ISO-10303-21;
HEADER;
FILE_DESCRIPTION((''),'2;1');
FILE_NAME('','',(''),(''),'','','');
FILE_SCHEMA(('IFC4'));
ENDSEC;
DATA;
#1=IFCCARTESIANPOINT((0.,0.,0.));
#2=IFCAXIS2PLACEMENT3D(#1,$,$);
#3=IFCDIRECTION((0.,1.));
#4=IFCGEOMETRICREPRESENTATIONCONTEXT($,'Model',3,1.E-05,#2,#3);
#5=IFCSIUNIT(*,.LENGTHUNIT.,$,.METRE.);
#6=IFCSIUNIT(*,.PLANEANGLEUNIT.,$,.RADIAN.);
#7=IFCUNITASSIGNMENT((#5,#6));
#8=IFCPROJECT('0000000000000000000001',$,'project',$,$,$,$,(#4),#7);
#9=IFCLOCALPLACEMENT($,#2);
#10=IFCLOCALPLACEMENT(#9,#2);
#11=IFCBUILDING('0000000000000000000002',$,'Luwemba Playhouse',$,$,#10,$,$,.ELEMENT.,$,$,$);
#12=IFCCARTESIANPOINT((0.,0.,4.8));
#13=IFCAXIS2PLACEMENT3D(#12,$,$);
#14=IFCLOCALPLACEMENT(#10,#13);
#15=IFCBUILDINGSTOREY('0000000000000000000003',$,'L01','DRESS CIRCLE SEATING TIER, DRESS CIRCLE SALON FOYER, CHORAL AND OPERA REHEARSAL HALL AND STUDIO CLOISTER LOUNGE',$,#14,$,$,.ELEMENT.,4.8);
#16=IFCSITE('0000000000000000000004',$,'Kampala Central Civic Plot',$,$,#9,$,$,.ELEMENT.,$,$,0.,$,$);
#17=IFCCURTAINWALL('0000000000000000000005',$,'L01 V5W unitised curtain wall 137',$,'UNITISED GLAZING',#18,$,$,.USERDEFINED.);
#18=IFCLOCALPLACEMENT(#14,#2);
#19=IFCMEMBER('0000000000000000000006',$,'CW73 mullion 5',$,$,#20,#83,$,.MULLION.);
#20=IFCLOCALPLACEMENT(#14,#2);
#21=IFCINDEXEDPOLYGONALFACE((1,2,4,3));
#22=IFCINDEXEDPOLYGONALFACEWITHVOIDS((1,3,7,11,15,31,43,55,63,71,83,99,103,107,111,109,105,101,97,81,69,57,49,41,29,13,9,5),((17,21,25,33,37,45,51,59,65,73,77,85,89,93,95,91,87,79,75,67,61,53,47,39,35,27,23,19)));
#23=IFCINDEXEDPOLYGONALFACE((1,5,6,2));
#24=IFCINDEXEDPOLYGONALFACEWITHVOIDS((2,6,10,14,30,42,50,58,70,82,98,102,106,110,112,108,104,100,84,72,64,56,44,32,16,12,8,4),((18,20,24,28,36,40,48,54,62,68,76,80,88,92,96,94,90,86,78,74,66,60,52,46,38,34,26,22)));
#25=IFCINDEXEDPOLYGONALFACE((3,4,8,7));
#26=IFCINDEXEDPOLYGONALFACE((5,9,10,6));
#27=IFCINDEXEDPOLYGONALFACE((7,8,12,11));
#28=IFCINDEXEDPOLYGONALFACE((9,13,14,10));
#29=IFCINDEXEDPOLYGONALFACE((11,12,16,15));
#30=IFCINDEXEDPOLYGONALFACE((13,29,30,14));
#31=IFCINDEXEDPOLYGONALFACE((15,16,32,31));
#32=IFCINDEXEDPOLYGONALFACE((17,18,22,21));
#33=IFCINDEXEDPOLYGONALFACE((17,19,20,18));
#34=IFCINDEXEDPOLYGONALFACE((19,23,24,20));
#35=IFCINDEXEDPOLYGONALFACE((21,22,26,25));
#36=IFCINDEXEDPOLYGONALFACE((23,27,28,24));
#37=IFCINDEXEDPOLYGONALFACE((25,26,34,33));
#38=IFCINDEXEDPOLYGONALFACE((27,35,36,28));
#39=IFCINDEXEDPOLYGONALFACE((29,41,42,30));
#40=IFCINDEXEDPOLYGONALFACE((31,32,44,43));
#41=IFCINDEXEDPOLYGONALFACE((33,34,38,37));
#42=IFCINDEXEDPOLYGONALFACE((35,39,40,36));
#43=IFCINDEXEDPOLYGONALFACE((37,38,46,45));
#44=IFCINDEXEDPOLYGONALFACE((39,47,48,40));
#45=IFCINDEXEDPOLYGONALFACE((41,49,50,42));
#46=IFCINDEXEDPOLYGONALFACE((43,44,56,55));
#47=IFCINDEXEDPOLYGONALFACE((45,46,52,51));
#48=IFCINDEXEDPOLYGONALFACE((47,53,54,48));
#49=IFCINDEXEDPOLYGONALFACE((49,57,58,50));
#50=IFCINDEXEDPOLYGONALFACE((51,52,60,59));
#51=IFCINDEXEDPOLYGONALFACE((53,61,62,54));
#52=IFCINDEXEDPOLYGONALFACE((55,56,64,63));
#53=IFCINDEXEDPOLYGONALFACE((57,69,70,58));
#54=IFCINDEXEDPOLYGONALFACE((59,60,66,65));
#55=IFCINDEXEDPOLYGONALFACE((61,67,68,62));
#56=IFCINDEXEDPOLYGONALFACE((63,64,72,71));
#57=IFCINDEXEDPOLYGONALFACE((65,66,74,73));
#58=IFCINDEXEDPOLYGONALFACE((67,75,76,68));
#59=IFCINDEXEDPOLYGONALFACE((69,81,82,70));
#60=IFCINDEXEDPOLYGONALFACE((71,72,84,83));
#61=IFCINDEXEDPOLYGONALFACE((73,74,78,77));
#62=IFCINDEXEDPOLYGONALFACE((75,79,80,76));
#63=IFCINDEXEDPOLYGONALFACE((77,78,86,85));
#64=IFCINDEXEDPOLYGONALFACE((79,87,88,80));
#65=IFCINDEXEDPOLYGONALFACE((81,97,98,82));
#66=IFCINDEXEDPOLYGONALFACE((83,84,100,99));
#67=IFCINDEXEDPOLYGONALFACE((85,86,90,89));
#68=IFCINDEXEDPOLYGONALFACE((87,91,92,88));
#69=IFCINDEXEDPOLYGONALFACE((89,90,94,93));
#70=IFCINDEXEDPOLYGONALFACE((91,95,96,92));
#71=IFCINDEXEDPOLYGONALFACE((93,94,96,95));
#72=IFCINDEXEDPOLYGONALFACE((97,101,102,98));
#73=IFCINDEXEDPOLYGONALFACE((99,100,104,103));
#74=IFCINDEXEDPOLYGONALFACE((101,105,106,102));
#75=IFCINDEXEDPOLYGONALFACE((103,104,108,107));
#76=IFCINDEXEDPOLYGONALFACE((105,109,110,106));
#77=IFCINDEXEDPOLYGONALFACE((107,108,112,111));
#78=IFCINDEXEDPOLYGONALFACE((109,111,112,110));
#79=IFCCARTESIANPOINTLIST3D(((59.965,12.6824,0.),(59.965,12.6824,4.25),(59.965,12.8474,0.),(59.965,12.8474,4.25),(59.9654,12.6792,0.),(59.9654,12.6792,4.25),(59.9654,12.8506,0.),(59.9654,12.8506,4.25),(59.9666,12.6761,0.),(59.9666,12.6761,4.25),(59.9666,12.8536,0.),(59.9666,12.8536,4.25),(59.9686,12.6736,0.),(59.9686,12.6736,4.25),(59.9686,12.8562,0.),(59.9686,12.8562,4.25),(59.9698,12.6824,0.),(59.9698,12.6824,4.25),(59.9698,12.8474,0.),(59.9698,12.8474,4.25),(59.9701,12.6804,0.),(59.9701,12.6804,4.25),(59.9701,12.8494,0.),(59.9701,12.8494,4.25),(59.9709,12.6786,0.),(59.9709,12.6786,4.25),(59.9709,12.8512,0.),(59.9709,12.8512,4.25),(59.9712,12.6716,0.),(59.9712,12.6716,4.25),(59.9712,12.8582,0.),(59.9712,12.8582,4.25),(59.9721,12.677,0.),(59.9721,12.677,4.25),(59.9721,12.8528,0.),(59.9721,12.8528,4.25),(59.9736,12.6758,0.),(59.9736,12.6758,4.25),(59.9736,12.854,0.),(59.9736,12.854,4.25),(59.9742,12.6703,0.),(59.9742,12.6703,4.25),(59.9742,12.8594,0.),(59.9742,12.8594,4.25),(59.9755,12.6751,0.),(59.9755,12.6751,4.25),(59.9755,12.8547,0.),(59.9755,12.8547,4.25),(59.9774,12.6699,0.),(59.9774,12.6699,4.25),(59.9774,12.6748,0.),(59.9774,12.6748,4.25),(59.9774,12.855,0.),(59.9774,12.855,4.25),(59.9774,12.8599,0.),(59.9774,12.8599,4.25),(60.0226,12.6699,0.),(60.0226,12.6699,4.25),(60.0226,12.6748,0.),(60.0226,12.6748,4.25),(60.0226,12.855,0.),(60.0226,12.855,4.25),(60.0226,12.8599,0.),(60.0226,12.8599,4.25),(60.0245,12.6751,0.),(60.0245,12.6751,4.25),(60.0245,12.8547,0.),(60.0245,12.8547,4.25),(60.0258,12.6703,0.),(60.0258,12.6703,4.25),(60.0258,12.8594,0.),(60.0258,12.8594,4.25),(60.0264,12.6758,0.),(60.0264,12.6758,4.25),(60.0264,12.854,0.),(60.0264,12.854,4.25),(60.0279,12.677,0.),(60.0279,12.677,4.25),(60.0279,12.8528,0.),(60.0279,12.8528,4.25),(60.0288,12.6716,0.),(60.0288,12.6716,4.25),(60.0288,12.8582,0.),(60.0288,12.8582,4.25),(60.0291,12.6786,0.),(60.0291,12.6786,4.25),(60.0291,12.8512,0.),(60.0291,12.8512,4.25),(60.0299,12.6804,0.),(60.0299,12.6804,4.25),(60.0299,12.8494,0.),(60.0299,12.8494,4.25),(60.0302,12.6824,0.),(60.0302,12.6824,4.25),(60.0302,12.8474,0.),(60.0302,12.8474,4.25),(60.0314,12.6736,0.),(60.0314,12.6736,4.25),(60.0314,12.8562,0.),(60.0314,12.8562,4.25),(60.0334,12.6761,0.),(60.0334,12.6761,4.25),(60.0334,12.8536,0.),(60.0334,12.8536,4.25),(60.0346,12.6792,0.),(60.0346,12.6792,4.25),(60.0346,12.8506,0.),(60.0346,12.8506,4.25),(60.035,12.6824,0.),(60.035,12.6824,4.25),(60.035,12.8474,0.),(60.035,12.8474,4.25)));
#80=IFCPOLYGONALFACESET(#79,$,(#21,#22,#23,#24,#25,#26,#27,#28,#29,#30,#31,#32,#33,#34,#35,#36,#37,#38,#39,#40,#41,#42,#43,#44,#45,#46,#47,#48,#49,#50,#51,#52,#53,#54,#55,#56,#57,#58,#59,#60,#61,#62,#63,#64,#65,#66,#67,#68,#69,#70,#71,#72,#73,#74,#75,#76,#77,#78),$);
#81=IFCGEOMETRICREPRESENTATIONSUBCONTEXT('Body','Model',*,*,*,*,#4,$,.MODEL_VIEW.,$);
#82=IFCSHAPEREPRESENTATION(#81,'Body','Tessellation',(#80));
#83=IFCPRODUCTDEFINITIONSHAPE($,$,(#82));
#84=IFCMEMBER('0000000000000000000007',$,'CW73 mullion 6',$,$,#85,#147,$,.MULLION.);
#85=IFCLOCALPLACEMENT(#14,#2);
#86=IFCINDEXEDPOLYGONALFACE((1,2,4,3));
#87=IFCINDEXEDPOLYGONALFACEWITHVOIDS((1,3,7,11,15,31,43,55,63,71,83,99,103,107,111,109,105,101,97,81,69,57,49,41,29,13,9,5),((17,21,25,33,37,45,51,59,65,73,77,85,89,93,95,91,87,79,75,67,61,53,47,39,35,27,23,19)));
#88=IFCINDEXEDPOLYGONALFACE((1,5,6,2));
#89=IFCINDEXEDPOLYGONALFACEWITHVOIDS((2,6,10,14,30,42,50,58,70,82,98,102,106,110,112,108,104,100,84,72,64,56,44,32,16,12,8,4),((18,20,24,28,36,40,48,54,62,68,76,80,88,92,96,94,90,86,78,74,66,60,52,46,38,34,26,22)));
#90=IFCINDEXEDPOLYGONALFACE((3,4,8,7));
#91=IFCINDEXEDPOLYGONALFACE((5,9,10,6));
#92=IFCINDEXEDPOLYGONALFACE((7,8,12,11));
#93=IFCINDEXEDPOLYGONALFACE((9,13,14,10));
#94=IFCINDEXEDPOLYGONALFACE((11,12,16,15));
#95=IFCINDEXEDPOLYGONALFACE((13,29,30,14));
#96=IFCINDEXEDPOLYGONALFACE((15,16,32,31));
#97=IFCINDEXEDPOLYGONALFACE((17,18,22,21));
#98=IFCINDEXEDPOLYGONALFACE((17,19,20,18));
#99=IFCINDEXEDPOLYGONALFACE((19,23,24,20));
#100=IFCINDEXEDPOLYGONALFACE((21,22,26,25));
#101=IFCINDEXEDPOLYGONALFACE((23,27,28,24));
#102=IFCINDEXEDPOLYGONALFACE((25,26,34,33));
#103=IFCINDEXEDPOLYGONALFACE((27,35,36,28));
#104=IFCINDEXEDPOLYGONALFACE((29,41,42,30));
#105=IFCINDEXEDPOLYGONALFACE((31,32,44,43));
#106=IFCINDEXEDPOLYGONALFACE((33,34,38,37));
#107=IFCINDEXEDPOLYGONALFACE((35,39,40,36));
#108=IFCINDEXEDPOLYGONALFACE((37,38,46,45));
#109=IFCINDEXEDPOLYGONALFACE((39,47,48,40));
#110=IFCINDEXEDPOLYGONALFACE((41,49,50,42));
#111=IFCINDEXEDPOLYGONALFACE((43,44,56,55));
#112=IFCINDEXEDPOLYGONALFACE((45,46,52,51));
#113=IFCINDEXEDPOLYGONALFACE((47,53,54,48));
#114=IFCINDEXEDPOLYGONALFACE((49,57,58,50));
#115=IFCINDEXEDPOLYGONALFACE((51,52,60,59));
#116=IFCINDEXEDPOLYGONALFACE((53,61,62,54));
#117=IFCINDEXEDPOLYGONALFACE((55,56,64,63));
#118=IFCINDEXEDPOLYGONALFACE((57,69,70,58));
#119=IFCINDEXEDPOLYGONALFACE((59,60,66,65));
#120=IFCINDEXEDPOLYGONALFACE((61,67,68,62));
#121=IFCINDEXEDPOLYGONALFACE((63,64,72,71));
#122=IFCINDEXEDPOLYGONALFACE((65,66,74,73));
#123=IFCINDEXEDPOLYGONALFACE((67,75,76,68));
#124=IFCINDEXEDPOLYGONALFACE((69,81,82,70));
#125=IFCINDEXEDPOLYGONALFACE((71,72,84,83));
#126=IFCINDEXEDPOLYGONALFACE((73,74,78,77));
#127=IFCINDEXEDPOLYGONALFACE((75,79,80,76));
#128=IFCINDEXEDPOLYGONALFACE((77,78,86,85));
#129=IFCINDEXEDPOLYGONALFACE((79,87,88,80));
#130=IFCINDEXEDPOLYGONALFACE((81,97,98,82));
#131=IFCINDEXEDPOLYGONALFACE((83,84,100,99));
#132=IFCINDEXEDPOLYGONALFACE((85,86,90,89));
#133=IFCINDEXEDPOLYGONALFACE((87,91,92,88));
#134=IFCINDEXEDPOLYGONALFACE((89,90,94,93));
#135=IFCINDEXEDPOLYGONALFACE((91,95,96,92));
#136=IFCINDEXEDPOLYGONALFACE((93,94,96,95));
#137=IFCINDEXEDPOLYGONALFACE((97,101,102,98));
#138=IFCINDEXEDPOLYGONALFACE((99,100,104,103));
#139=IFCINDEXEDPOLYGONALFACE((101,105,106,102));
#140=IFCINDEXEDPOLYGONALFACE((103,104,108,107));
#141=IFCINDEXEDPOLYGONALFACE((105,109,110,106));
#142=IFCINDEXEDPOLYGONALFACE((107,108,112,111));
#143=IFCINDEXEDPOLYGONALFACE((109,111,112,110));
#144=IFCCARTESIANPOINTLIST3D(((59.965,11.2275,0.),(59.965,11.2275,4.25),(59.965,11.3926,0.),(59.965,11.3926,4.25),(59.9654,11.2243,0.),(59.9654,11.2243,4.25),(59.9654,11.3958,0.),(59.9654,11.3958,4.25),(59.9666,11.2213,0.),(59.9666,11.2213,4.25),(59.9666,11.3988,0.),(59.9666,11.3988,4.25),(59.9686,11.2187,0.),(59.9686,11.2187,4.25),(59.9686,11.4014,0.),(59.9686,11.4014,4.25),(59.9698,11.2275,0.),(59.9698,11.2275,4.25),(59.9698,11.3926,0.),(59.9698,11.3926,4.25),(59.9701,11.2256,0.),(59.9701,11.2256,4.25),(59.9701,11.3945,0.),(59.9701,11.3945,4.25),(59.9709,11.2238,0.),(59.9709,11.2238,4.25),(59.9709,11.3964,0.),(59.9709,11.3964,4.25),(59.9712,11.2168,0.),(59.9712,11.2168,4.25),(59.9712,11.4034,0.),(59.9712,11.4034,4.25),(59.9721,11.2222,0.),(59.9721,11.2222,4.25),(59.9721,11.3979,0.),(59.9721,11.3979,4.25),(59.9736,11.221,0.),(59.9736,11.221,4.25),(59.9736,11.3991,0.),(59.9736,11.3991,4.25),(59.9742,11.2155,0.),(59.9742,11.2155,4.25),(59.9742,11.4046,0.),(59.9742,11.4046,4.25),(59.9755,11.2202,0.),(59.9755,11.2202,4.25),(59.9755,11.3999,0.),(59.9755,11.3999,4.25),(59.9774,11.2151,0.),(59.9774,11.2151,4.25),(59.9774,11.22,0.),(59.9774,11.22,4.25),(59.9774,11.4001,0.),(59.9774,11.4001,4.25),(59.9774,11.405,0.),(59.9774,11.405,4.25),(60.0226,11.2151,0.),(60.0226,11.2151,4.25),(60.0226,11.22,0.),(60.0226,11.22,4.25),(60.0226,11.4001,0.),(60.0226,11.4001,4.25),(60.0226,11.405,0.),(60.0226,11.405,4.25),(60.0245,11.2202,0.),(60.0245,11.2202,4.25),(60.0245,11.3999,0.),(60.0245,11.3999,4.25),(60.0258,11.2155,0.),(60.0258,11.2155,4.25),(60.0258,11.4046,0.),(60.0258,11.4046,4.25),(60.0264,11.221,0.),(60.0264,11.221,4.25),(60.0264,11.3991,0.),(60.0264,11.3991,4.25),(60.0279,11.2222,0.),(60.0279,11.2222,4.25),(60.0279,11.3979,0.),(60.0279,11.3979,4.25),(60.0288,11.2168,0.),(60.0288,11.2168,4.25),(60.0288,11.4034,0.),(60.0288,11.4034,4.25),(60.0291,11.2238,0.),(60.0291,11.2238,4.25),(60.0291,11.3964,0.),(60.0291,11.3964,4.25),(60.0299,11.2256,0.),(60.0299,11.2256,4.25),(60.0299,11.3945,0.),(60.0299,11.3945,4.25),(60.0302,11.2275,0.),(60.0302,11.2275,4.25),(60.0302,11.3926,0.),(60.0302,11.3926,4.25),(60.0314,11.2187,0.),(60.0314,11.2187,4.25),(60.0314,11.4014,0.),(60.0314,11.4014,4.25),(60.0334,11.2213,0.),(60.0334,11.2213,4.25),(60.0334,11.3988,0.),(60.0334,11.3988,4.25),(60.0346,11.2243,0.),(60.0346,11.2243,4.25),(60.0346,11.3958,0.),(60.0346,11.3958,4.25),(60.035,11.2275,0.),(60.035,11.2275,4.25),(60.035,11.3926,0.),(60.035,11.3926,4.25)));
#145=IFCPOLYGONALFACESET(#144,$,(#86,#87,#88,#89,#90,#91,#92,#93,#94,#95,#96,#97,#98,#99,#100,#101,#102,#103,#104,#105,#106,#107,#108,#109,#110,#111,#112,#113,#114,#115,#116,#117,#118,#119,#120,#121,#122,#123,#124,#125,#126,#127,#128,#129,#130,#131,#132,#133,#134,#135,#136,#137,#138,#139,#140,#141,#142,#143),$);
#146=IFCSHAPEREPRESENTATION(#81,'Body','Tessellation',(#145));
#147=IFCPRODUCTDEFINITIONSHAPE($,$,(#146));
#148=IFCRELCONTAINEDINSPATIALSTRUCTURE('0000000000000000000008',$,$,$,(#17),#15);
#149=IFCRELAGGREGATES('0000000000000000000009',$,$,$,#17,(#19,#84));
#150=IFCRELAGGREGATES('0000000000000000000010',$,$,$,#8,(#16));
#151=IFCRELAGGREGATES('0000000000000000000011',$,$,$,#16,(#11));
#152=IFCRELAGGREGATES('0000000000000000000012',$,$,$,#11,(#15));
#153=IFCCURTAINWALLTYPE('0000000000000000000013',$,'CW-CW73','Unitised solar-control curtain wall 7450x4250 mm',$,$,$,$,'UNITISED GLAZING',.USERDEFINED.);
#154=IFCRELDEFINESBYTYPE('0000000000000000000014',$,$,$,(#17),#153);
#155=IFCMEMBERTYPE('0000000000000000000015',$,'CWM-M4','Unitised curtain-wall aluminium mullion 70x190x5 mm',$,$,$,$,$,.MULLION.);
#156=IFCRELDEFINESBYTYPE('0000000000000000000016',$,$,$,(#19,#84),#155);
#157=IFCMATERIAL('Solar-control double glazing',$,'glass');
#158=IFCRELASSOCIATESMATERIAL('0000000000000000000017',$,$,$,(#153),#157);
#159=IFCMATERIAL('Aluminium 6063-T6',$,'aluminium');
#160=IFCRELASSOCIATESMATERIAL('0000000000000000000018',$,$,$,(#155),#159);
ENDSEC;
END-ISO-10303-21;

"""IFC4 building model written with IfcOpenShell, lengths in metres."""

from ifc_helpers import new_model, si_unit, direction, frame, origin, origin_2d, place, context, subcontext, project, spatial, hollow_rectangle, extrude, material, material_profile, profile_set, type_object, element, aggregate, save


model = new_model("IFC4")

# Units and contexts
model_context = context("Model", 3, precision=1e-05, world=origin(), true_north=direction((0.0, 1.0)))
body_context = subcontext(model_context, "Body", "Model", "MODEL_VIEW")
ifc_project = project(units=[si_unit("LENGTHUNIT", "METRE"), si_unit("PLANEANGLEUNIT", "RADIAN")], contexts=[model_context])

# Site, building, storey
site_placement = place(None, origin())
site = spatial("IfcSite", under=ifc_project, at=site_placement, Name="Kampala Central Civic Plot", CompositionType="ELEMENT", RefElevation=0.0)
building_placement = place(site_placement, origin())
building = spatial("IfcBuilding", under=site, at=building_placement, Name="Luwemba Playhouse", CompositionType="ELEMENT")
storey_placement = place(building_placement, frame((0.0, 0.0, 4.8)))
storey = spatial("IfcBuildingStorey", under=building, at=storey_placement, Name="L01", Description="DRESS CIRCLE SEATING TIER, DRESS CIRCLE SALON FOYER, CHORAL AND OPERA REHEARSAL HALL AND STUDIO CLOISTER LOUNGE", CompositionType="ELEMENT", Elevation=4.8)

# Curtain wall, members
ifc_material_1 = material(Name="Solar-control double glazing", Category="glass")
curtain_wall_type = type_object("IfcCurtainWallType", Name="CW-CW73", Description="Unitised solar-control curtain wall 7450x4250 mm", ElementType="UNITISED GLAZING", PredefinedType="USERDEFINED", material=ifc_material_1)
curtain_wall_placement = place(storey_placement, origin())
curtain_wall = element("IfcCurtainWall", 1, at=curtain_wall_placement, inside=storey, type_object=curtain_wall_type, Name="L01 V5W unitised curtain wall 137", ObjectType="UNITISED GLAZING", PredefinedType="USERDEFINED")
ifc_material_2 = material(Name="Aluminium 6063-T6", Category="aluminium")
ifc_material_profile_1 = material_profile(ifc_material_2, hollow_rectangle(XDim=0.0701, YDim=0.1899, WallThickness=0.0049, InnerFilletRadius=0.0076, OuterFilletRadius=0.0125, at=origin_2d()))
ifc_profile_set_1 = profile_set([ifc_material_profile_1], Name="Aluminium 6063-T6")
member_type_1 = type_object("IfcMemberType", Name="CWM-M4", Description="Unitised curtain-wall aluminium mullion 70x190x5 mm", PredefinedType="MULLION", material=ifc_profile_set_1)
member_1_placement = place(storey_placement, frame((60.0, 12.7649, 0.0), z_axis=(0.0, 0.0, 1.0), x_axis=(1.0, 0.0, 0.0)))
member_1 = element("IfcMember", 2, at=member_1_placement, type_object=member_type_1, Name="CW73 mullion 5", PredefinedType="MULLION", context=body_context, shape_type="SweptSolid", body=[
    extrude(hollow_rectangle(XDim=0.0701, YDim=0.1899, WallThickness=0.0049, InnerFilletRadius=0.0076, OuterFilletRadius=0.0125, at=origin_2d()), origin(), (0.0, 0.0, 1.0), 4.25),
])
member_2_placement = place(storey_placement, frame((60.0, 11.3101, 0.0), z_axis=(0.0, 0.0, 1.0), x_axis=(1.0, 0.0, 0.0)))
member_2 = element("IfcMember", 3, at=member_2_placement, type_object=member_type_1, Name="CW73 mullion 6", PredefinedType="MULLION", context=body_context, shape_type="SweptSolid", body=[
    extrude(hollow_rectangle(XDim=0.0701, YDim=0.1899, WallThickness=0.0049, InnerFilletRadius=0.0076, OuterFilletRadius=0.0125, at=origin_2d()), origin(), (0.0, 0.0, 1.0), 4.25),
])
aggregate(curtain_wall, [member_1, member_2])

save(model, "model.ifc")
